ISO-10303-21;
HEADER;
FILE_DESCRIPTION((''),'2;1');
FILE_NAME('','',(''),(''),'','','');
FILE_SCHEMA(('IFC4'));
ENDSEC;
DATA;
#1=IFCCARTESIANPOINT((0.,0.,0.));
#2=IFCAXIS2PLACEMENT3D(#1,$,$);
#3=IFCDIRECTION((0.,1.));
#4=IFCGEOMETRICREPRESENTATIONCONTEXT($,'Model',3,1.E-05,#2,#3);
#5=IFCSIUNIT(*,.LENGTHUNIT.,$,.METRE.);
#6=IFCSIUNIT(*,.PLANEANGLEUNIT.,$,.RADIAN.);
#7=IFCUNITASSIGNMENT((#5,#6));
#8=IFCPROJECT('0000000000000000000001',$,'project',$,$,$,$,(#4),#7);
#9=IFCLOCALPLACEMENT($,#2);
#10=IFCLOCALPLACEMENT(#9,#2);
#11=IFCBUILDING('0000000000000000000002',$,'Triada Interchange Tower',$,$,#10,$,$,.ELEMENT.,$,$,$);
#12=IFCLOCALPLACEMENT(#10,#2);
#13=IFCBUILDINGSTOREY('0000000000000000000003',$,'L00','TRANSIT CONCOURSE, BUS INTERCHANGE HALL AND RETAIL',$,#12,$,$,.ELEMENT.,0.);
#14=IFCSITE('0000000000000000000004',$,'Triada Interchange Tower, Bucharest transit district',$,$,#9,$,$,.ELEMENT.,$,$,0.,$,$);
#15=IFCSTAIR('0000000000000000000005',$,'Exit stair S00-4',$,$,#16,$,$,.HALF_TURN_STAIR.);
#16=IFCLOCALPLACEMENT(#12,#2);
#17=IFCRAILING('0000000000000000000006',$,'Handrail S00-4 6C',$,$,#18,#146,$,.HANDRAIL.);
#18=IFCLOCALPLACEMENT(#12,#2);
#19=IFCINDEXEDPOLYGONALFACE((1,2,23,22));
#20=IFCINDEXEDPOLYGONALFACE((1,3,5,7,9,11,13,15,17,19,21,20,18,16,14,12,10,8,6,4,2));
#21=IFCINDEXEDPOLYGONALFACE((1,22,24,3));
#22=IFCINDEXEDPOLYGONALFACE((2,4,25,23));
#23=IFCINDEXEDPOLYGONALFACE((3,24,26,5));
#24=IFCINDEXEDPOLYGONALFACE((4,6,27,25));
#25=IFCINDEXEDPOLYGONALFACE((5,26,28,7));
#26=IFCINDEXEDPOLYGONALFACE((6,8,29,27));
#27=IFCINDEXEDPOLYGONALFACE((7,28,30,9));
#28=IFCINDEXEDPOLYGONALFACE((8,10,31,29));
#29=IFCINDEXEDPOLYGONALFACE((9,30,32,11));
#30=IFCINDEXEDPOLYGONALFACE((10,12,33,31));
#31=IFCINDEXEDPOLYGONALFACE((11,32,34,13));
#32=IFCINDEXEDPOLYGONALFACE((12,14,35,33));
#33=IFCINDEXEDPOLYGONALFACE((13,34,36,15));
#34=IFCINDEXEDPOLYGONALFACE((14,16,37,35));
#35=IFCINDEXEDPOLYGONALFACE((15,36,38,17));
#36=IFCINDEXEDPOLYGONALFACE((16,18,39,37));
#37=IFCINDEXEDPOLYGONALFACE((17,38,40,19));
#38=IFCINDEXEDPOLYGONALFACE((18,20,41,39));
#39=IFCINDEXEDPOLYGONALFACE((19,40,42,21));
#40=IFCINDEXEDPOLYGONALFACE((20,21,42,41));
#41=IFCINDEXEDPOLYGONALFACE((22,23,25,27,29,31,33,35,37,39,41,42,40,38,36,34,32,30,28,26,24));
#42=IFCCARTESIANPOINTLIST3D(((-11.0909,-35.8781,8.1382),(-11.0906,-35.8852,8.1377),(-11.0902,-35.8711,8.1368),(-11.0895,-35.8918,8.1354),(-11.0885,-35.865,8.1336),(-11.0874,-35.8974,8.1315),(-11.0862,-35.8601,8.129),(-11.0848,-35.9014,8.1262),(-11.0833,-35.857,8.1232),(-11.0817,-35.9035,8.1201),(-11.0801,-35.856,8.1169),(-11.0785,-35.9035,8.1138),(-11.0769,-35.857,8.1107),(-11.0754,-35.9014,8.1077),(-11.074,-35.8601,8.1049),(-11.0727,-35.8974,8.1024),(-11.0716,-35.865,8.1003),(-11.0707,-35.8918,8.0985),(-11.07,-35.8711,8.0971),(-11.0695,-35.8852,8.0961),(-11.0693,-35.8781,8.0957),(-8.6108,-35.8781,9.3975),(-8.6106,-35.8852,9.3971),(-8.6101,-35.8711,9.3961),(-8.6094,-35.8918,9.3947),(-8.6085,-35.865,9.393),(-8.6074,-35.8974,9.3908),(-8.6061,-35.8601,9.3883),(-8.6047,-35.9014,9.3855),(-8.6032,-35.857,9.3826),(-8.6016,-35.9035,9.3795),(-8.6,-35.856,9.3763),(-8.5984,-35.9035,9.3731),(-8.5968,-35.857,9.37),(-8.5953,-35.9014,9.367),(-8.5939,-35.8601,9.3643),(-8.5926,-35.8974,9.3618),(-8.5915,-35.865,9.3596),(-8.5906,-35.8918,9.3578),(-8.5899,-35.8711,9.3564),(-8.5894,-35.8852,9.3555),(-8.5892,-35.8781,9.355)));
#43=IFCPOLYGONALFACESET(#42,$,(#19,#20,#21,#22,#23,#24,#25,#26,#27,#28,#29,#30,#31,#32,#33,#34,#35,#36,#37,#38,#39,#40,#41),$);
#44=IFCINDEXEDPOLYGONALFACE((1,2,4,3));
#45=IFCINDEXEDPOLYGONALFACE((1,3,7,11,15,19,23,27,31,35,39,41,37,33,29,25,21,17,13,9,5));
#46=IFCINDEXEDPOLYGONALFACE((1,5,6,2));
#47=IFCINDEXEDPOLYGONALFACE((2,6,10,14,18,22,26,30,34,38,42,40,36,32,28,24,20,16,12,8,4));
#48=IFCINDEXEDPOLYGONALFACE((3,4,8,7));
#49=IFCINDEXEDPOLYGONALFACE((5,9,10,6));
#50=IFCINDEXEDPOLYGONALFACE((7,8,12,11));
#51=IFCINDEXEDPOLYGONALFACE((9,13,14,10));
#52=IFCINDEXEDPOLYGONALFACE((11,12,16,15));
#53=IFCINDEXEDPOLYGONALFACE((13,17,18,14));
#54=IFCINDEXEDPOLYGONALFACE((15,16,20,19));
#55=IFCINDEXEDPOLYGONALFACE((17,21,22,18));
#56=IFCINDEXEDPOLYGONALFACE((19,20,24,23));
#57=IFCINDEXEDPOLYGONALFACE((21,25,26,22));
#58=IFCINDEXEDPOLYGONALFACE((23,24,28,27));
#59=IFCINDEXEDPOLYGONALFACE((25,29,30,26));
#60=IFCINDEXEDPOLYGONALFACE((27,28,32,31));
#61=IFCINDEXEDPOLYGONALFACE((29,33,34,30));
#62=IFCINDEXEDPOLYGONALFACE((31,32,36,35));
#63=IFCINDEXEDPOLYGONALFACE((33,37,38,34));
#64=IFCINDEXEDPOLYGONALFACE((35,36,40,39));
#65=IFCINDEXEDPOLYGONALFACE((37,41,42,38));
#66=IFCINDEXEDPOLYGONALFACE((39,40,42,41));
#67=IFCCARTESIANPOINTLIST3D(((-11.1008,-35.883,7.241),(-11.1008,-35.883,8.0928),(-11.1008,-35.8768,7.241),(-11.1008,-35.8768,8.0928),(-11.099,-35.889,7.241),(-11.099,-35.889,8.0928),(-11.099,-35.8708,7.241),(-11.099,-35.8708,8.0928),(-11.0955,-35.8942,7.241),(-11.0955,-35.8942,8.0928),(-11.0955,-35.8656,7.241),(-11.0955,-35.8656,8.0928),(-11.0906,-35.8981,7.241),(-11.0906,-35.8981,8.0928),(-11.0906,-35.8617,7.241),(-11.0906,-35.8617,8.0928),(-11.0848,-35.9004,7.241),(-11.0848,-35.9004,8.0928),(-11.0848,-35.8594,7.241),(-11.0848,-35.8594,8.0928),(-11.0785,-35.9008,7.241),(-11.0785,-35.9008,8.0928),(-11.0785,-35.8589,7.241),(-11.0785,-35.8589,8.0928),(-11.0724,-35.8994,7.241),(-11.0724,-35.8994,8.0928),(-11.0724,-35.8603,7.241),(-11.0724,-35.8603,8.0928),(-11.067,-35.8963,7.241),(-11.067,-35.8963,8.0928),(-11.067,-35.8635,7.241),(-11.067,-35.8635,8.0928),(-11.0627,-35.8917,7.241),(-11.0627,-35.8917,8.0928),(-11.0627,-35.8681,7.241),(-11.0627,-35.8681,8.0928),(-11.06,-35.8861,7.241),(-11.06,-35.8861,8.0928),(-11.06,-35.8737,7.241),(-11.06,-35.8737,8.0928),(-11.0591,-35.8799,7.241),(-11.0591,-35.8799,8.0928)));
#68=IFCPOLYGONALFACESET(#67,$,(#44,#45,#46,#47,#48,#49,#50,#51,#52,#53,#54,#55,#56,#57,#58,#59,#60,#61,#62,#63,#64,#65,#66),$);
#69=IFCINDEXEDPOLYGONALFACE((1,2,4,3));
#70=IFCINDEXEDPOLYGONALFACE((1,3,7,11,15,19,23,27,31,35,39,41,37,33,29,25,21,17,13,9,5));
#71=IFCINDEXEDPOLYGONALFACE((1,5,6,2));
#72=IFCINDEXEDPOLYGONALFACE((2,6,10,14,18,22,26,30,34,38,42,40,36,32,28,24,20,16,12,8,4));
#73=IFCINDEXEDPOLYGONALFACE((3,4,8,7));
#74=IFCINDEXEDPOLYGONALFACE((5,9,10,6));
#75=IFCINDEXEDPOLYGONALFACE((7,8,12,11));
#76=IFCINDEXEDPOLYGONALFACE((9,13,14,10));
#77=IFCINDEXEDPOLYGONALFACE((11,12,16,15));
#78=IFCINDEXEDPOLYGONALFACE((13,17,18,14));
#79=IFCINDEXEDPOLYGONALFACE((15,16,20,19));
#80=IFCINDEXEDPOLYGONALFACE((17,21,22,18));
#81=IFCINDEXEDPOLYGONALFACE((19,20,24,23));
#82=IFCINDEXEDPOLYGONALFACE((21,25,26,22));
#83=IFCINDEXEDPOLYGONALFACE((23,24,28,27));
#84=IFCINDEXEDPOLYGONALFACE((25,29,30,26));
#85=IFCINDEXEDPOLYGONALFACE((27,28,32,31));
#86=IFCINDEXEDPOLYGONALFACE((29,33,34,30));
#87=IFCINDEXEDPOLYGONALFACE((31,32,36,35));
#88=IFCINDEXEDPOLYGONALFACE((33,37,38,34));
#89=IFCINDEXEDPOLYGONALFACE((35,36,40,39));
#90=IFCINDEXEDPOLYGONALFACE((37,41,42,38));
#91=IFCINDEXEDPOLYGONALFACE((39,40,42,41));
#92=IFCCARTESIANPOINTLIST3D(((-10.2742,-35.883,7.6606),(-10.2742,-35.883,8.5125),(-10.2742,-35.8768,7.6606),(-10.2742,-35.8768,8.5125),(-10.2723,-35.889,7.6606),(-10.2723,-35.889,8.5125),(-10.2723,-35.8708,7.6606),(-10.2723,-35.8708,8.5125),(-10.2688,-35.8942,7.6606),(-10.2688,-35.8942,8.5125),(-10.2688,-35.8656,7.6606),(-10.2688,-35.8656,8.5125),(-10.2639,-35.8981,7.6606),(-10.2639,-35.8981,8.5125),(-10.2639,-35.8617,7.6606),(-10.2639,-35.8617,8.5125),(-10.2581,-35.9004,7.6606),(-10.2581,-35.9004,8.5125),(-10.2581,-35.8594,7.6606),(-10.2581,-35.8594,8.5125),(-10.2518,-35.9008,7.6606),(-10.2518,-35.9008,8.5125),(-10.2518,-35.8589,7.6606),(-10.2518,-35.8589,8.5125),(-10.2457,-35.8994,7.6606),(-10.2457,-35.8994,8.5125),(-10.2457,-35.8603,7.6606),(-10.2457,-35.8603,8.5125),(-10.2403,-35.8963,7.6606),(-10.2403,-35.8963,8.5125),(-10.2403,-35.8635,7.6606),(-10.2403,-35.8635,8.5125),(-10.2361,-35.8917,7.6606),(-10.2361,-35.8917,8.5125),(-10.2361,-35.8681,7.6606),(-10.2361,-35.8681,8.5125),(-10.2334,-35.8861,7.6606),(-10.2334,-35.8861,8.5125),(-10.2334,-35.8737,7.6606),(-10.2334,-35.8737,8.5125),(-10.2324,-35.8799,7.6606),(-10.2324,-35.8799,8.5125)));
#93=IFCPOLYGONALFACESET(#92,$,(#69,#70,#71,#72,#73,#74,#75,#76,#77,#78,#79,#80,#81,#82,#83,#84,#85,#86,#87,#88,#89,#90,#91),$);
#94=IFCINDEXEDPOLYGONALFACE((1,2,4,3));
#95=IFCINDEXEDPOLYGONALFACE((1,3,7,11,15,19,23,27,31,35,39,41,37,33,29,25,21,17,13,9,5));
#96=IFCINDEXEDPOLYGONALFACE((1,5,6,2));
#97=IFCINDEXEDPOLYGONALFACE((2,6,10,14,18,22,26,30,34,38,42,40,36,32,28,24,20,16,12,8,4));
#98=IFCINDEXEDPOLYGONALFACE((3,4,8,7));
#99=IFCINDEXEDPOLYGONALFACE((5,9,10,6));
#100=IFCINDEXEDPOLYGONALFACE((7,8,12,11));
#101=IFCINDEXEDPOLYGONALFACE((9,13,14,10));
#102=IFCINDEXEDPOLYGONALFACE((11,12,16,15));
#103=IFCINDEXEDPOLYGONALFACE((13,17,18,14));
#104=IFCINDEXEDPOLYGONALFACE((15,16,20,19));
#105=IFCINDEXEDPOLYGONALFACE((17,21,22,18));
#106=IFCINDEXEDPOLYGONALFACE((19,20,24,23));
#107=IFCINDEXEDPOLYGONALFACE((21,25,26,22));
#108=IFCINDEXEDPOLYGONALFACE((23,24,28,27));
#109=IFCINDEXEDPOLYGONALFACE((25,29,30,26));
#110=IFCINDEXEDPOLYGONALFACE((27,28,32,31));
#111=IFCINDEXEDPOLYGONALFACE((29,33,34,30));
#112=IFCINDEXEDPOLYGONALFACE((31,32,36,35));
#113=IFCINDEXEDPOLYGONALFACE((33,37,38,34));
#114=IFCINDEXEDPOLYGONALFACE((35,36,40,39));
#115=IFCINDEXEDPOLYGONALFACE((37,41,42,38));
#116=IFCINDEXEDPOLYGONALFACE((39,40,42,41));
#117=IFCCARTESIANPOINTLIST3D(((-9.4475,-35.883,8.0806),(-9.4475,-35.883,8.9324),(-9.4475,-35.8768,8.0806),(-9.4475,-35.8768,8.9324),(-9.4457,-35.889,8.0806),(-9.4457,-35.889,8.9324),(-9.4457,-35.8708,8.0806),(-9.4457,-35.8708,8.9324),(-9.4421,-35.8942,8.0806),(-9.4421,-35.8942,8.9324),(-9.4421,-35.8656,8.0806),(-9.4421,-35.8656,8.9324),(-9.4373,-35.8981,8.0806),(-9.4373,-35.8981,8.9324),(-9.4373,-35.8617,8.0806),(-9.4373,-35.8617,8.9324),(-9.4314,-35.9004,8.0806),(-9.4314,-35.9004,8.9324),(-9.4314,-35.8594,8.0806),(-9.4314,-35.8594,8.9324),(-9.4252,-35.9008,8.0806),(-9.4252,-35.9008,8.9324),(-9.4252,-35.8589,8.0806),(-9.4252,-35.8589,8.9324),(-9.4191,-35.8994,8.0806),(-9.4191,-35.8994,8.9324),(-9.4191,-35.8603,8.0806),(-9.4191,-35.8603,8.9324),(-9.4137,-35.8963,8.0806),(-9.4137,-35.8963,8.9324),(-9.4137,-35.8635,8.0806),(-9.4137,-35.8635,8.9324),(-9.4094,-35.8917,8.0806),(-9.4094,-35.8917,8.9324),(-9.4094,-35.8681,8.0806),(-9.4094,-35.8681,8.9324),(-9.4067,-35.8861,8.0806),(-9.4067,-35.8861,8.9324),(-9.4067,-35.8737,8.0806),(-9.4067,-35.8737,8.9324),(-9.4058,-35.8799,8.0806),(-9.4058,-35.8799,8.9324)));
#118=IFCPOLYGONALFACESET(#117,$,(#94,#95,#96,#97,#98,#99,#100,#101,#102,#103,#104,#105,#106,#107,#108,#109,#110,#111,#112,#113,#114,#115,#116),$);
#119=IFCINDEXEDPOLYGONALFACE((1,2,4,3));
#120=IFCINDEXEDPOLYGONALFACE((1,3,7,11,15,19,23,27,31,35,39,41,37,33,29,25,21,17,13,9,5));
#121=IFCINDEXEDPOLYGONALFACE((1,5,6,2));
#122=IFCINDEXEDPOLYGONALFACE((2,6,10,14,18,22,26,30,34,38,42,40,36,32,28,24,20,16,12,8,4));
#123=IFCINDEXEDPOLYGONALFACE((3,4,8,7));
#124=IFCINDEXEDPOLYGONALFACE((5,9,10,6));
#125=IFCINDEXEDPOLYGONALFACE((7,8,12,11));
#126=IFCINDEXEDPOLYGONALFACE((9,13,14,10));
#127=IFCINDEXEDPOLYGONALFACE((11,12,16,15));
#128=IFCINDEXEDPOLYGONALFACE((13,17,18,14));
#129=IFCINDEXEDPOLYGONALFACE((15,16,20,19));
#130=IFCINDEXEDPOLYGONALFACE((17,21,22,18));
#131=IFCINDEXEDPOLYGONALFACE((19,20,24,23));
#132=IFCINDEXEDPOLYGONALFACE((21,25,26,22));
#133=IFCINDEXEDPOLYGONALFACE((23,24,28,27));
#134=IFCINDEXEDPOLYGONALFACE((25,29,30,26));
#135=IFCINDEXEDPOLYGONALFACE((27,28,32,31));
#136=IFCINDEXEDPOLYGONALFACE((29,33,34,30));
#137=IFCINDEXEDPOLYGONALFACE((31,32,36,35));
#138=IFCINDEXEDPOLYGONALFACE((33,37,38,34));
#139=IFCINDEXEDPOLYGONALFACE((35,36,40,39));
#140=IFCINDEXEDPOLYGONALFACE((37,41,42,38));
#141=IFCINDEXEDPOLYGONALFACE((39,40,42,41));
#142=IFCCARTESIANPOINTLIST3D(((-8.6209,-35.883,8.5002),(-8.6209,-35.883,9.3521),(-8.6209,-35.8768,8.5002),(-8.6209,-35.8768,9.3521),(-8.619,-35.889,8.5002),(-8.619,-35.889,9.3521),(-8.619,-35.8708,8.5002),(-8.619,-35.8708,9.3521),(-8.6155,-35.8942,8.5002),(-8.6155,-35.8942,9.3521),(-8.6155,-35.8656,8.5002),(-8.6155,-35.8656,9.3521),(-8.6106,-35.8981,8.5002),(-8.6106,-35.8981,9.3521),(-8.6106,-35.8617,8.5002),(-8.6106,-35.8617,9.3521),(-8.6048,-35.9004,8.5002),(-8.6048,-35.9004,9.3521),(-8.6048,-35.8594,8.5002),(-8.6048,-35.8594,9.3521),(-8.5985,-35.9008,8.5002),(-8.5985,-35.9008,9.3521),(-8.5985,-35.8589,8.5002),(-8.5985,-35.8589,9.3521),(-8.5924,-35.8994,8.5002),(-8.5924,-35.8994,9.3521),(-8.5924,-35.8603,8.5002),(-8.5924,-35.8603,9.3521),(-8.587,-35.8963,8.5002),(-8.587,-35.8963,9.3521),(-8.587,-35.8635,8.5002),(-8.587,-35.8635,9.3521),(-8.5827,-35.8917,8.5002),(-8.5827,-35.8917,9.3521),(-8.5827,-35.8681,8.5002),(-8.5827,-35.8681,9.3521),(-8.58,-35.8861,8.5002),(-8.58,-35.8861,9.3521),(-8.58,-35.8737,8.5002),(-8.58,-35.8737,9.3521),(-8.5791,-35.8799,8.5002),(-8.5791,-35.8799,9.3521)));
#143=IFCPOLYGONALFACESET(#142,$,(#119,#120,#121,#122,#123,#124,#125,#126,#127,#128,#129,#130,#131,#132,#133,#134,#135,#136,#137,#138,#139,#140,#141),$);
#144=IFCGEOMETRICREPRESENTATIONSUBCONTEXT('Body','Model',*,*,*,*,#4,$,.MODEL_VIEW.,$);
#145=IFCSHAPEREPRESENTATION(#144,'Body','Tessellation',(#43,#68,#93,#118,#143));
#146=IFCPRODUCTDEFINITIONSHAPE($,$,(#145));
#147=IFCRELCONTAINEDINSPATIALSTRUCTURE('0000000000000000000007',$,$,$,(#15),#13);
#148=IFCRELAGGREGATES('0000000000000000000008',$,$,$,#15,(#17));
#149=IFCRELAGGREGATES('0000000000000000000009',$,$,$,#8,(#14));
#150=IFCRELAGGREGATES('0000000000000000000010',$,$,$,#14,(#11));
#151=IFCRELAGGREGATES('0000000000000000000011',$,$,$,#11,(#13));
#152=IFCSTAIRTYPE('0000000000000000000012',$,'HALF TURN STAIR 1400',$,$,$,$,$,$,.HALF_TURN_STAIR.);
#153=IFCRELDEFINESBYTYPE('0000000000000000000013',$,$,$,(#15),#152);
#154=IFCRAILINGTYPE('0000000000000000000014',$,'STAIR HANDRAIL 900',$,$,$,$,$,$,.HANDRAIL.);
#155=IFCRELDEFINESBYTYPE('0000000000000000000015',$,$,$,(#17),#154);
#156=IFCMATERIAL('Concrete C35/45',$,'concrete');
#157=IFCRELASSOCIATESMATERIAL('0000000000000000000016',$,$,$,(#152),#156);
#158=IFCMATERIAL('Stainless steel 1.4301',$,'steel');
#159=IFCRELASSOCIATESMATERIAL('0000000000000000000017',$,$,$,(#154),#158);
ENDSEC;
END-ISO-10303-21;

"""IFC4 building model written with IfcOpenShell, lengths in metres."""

from ifc_helpers import new_model, si_unit, direction, frame, origin, origin_2d, place, context, subcontext, project, spatial, circle, extrude, material, type_object, element, aggregate, save


model = new_model("IFC4")

# Units and contexts
model_context = context("Model", 3, precision=1e-05, world=origin(), true_north=direction((0.0, 1.0)))
body_context = subcontext(model_context, "Body", "Model", "MODEL_VIEW")
ifc_project = project(units=[si_unit("LENGTHUNIT", "METRE"), si_unit("PLANEANGLEUNIT", "RADIAN")], contexts=[model_context])

# Site, building, storey
site_placement = place(None, origin())
site = spatial("IfcSite", under=ifc_project, at=site_placement, Name="Triada Interchange Tower, Bucharest transit district", CompositionType="ELEMENT", RefElevation=0.0)
building_placement = place(site_placement, origin())
building = spatial("IfcBuilding", under=site, at=building_placement, Name="Triada Interchange Tower", CompositionType="ELEMENT")
storey_placement = place(building_placement, origin())
storey = spatial("IfcBuildingStorey", under=building, at=storey_placement, Name="L00", Description="TRANSIT CONCOURSE, BUS INTERCHANGE HALL AND RETAIL", CompositionType="ELEMENT", Elevation=0.0)

# Shared definitions
ifc_material_1 = material(Name="Concrete C35/45", Category="concrete")

# Stair
stair_type = type_object("IfcStairType", Name="HALF TURN STAIR 1400", PredefinedType="HALF_TURN_STAIR", material=ifc_material_1)
stair_1_placement = place(storey_placement, origin())
stair_1 = element("IfcStair", 1, at=stair_1_placement, inside=storey, type_object=stair_type, Name="Exit stair S00-4", PredefinedType="HALF_TURN_STAIR")

# Railing
ifc_material_2 = material(Name="Stainless steel 1.4301", Category="steel")
railing_type_1 = type_object("IfcRailingType", Name="STAIR HANDRAIL 900", PredefinedType="HANDRAIL", material=ifc_material_2)
railing_1_placement = place(storey_placement, frame((-11.0801, -35.8799, 7.241)))
railing_1 = element("IfcRailing", 2, at=railing_1_placement, type_object=railing_type_1, Name="Handrail S00-4 6C", PredefinedType="HANDRAIL", context=body_context, shape_type="SweptSolid", body=[
    extrude(circle(Radius=0.0239, at=origin_2d()), frame((0.0, 0.0, 0.876), z_axis=(0.891636, 0.0, 0.452752), x_axis=(0.0, 1.0, 0.0)), (0.0, 0.0, 1.0), 2.7815),
    extrude(circle(Radius=0.021, at=origin_2d()), origin(), (0.0, 0.0, 1.0), 0.8518),
    extrude(circle(Radius=0.021, at=origin_2d()), frame((0.8267, 0.0, 0.4197)), (0.0, 0.0, 1.0), 0.8518),
    extrude(circle(Radius=0.021, at=origin_2d()), frame((1.6533, 0.0, 0.8396)), (0.0, 0.0, 1.0), 0.8518),
    extrude(circle(Radius=0.021, at=origin_2d()), frame((2.48, 0.0, 1.2593)), (0.0, 0.0, 1.0), 0.8518),
])
aggregate(stair_1, [railing_1])

save(model, "model.ifc")
